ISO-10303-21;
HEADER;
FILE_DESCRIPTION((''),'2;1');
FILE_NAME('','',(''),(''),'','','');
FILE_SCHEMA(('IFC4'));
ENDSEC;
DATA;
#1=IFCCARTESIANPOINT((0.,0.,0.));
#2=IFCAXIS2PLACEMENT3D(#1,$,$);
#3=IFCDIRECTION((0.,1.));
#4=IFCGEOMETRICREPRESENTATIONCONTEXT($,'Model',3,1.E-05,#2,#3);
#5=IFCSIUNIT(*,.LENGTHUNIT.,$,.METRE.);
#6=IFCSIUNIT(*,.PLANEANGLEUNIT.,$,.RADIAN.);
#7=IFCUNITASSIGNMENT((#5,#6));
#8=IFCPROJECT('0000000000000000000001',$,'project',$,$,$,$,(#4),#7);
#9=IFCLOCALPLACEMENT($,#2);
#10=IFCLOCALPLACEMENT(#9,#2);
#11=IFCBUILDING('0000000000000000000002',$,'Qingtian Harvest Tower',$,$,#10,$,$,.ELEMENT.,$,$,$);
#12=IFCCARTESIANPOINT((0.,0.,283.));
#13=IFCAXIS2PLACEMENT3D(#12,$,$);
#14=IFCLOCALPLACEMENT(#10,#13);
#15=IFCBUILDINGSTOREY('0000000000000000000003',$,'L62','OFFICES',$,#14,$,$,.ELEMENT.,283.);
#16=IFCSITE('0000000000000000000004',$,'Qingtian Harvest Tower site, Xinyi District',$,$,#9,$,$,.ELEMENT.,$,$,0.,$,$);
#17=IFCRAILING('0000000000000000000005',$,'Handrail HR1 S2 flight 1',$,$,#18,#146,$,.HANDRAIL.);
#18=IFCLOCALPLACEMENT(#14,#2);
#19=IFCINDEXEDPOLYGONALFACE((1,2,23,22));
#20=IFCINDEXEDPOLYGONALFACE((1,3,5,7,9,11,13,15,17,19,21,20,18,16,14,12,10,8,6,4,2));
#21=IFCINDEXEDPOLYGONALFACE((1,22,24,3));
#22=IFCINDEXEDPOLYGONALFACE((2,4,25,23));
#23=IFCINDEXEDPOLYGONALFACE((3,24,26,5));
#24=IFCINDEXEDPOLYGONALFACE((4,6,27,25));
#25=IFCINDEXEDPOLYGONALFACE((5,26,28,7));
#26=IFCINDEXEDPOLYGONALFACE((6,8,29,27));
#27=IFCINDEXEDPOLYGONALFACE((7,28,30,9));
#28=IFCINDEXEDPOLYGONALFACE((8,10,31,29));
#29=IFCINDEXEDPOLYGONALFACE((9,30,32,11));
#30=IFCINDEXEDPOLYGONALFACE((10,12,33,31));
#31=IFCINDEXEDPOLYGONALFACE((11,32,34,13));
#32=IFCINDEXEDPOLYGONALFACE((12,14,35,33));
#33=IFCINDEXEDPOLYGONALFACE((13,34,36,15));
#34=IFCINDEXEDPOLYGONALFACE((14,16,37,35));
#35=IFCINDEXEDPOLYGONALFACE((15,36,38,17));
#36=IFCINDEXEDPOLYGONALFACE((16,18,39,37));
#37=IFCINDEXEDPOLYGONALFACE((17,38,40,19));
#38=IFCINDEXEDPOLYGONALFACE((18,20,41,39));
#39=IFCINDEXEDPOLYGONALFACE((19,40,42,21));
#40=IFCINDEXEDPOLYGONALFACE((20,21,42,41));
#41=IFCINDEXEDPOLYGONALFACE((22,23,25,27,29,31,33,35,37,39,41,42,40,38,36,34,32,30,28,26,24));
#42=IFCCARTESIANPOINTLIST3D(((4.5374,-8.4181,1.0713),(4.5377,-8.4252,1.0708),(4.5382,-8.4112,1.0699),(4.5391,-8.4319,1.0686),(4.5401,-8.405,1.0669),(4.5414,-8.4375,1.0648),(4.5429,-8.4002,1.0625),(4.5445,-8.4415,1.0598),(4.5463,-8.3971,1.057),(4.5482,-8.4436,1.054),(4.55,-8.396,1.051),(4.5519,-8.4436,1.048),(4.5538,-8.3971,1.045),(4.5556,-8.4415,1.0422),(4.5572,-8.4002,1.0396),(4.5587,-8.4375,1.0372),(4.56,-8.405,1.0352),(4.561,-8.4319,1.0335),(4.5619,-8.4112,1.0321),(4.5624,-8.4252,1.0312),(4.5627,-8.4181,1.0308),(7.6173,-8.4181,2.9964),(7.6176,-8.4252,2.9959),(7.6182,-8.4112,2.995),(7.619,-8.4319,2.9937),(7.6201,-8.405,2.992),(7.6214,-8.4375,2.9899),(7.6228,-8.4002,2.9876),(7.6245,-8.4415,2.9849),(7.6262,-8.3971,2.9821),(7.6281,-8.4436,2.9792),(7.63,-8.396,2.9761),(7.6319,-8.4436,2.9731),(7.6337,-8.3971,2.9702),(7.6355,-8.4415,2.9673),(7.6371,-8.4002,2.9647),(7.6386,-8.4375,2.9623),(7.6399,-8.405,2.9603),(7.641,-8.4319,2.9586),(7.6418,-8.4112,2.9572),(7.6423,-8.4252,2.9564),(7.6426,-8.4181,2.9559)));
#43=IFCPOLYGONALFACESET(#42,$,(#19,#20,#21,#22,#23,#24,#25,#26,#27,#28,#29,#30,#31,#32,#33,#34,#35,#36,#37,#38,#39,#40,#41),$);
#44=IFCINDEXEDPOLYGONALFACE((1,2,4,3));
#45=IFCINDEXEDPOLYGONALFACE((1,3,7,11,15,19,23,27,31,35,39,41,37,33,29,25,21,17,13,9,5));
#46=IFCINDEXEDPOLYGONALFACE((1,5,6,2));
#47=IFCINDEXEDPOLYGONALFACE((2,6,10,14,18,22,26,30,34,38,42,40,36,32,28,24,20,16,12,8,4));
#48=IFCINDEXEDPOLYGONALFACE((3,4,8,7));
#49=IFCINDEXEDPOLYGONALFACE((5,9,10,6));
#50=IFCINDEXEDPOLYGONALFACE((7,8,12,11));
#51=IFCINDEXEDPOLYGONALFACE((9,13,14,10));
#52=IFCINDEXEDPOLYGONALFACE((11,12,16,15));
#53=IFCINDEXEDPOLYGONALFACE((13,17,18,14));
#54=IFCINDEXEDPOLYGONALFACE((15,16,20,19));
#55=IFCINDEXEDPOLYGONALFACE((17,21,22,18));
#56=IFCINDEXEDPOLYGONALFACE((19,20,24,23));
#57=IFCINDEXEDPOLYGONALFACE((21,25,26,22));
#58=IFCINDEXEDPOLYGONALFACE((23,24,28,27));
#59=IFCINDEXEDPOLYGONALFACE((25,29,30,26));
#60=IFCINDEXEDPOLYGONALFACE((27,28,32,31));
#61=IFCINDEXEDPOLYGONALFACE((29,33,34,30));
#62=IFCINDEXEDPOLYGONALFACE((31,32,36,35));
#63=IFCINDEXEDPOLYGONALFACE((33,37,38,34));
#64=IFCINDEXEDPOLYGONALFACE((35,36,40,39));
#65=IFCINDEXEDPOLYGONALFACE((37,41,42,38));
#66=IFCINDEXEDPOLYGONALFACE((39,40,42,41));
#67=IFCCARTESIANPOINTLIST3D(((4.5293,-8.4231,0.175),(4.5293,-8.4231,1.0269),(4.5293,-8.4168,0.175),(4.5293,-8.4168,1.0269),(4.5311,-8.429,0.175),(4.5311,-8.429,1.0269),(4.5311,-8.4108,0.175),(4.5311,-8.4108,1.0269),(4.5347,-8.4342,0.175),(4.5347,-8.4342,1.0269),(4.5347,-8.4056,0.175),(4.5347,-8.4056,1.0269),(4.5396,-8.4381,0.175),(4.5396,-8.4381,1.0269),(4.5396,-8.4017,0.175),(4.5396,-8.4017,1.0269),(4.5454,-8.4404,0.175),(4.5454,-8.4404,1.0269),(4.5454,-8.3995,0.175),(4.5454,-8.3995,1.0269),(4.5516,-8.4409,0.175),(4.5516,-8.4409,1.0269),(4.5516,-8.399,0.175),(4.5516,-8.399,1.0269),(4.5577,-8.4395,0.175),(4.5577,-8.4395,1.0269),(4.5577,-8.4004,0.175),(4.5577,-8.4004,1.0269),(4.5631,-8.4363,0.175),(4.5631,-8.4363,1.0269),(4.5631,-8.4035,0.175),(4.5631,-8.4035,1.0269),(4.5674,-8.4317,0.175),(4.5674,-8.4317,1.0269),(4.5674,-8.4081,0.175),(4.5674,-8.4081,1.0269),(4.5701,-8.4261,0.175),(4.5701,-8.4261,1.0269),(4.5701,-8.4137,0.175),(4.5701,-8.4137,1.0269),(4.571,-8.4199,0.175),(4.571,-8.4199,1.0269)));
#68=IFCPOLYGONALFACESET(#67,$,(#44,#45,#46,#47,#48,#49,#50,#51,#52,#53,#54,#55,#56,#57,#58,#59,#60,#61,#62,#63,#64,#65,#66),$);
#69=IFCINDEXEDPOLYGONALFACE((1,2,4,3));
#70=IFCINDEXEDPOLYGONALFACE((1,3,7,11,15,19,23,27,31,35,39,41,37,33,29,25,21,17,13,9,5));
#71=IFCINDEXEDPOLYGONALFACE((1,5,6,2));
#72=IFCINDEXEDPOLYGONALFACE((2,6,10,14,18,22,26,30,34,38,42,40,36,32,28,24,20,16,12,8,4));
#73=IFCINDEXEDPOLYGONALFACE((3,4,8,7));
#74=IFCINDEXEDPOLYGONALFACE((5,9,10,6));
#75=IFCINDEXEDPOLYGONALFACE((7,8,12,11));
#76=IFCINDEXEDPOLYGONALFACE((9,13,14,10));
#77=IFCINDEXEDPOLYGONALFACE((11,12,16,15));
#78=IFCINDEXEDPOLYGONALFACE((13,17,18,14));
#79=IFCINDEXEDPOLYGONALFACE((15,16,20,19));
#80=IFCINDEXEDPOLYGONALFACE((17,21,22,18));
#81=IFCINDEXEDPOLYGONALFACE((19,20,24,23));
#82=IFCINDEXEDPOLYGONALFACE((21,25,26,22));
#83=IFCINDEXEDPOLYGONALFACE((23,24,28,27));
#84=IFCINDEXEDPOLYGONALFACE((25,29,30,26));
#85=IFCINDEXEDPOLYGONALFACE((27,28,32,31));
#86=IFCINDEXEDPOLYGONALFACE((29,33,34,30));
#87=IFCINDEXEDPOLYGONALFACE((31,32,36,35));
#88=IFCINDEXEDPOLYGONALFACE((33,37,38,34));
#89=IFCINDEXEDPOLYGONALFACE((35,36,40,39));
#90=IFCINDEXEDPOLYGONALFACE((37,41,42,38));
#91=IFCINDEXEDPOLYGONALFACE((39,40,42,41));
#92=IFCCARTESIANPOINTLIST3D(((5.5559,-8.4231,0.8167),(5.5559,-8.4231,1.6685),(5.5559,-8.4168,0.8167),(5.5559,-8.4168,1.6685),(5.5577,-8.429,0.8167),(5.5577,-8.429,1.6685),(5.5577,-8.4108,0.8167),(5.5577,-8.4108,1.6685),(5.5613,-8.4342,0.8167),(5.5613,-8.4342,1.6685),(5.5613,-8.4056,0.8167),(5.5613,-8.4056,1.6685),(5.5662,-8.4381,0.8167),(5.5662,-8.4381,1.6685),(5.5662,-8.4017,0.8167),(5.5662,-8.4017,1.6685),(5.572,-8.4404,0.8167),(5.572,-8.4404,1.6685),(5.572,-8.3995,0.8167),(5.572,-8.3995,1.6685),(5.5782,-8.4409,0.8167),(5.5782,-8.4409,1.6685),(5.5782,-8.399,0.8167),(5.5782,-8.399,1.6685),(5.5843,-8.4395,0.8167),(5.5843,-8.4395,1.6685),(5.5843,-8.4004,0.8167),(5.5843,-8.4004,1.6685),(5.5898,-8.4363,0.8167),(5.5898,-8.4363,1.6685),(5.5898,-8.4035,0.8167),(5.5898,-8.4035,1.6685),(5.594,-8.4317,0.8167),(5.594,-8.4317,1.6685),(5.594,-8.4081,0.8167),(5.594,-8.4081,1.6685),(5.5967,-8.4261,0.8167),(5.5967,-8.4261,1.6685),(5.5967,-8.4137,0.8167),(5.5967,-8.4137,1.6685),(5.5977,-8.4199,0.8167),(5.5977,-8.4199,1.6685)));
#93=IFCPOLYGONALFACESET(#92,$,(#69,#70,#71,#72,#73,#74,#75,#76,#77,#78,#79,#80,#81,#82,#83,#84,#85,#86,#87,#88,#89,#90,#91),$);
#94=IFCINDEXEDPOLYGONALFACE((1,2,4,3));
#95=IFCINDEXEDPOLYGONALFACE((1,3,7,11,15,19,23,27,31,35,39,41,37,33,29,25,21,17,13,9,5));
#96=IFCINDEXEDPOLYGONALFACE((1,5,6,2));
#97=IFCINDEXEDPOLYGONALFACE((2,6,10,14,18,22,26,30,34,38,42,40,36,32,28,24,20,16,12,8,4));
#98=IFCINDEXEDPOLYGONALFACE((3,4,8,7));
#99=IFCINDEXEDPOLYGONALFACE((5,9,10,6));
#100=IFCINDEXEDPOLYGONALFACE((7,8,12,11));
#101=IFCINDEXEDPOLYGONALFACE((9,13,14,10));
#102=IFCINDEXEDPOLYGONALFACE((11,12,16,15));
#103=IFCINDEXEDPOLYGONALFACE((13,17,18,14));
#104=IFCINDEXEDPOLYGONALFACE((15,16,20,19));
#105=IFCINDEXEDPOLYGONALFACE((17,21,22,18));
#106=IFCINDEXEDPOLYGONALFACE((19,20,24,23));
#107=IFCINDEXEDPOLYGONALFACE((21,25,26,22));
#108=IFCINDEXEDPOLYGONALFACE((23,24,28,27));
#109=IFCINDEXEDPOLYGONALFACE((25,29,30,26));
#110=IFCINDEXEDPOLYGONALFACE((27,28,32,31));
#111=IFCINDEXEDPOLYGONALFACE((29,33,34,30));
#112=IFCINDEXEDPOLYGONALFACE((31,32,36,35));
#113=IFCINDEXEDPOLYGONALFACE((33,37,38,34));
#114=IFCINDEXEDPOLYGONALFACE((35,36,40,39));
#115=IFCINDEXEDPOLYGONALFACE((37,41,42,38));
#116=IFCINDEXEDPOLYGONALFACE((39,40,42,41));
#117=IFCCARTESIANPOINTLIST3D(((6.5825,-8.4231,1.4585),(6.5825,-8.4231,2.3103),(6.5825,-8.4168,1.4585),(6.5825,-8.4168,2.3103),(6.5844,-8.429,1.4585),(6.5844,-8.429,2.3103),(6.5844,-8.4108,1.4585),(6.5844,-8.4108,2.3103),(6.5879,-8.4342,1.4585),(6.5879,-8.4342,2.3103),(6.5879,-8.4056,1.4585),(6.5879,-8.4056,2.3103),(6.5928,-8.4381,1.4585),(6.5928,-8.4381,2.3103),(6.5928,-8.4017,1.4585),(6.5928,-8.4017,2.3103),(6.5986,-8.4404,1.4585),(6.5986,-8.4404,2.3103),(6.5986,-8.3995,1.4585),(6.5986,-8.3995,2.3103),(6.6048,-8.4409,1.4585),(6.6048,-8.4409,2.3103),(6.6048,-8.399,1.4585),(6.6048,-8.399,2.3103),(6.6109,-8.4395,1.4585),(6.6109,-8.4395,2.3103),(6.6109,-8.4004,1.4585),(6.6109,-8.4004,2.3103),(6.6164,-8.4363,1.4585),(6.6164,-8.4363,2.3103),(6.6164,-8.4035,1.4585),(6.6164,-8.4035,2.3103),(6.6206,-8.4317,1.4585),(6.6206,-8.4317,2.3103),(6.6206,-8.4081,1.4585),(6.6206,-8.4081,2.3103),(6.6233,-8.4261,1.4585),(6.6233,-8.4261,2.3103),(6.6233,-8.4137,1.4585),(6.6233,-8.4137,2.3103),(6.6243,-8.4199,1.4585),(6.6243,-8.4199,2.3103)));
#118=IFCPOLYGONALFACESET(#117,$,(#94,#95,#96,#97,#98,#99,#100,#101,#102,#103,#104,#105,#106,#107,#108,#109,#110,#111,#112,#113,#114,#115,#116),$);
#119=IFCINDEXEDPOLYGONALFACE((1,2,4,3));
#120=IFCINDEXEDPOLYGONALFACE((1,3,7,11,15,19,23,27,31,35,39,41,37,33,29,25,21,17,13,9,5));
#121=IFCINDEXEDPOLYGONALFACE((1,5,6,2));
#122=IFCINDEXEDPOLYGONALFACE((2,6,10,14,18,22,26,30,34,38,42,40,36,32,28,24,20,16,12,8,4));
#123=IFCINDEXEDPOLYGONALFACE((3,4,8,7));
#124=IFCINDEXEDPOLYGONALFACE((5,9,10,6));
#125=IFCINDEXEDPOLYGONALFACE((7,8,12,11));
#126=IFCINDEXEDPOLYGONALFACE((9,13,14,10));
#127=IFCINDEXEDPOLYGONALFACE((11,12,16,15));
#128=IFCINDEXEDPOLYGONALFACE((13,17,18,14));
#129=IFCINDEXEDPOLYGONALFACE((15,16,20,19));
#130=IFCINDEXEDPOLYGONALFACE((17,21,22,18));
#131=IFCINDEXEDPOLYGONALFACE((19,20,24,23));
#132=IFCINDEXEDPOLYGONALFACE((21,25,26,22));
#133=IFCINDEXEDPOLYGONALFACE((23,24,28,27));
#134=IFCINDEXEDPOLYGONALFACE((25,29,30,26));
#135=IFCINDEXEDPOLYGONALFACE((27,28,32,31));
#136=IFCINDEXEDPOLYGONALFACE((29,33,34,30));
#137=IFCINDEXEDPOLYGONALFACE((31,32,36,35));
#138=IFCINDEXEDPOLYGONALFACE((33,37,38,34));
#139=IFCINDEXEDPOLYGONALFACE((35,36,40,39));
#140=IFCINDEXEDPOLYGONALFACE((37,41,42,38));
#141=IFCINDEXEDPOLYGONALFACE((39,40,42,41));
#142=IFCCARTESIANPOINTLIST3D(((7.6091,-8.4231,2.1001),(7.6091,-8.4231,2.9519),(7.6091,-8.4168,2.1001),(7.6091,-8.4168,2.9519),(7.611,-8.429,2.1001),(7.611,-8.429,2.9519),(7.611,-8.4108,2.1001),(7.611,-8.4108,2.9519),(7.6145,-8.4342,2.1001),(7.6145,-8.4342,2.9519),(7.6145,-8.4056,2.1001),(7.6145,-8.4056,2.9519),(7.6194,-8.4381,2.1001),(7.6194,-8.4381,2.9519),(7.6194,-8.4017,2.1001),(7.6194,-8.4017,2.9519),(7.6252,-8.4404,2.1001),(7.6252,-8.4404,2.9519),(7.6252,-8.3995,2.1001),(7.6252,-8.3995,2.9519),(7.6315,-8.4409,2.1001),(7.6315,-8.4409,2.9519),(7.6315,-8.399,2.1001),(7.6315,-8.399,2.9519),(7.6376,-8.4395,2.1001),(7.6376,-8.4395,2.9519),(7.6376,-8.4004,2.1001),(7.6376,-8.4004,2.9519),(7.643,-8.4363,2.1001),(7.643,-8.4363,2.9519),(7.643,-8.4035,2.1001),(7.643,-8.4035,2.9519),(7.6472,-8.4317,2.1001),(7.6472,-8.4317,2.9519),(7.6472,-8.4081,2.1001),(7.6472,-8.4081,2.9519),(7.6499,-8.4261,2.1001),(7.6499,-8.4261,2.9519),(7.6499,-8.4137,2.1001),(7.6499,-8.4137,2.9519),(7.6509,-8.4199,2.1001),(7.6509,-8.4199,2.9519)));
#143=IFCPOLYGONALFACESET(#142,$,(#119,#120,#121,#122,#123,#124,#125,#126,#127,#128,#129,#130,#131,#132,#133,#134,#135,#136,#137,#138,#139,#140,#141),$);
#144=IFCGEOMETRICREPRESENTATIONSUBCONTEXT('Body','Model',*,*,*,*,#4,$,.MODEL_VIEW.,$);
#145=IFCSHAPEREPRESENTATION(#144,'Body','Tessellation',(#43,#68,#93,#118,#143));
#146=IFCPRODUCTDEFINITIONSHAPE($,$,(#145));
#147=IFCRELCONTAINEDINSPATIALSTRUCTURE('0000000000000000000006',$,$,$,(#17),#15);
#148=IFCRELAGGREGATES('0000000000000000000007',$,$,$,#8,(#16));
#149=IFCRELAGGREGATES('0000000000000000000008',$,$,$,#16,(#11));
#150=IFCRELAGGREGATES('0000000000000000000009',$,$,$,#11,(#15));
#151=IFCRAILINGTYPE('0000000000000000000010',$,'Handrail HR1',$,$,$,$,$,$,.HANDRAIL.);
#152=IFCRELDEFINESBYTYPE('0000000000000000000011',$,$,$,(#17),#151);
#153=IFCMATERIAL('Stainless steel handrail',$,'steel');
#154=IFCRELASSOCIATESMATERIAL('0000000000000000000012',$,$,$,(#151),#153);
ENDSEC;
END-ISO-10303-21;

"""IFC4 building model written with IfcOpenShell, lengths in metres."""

from ifc_helpers import new_model, si_unit, direction, frame, origin, origin_2d, place, context, subcontext, project, spatial, circle, extrude, material, type_object, element, save


model = new_model("IFC4")

# Units and contexts
model_context = context("Model", 3, precision=1e-05, world=origin(), true_north=direction((0.0, 1.0)))
body_context = subcontext(model_context, "Body", "Model", "MODEL_VIEW")
ifc_project = project(units=[si_unit("LENGTHUNIT", "METRE"), si_unit("PLANEANGLEUNIT", "RADIAN")], contexts=[model_context])

# Site, building, storey
site_placement = place(None, origin())
site = spatial("IfcSite", under=ifc_project, at=site_placement, Name="Qingtian Harvest Tower site, Xinyi District", CompositionType="ELEMENT", RefElevation=0.0)
building_placement = place(site_placement, origin())
building = spatial("IfcBuilding", under=site, at=building_placement, Name="Qingtian Harvest Tower", CompositionType="ELEMENT")
storey_placement = place(building_placement, frame((0.0, 0.0, 283.0)))
storey = spatial("IfcBuildingStorey", under=building, at=storey_placement, Name="L62", Description="OFFICES", CompositionType="ELEMENT", Elevation=283.0)

# Railing
ifc_material_1 = material(Name="Stainless steel handrail", Category="steel")
railing_type = type_object("IfcRailingType", Name="Handrail HR1", PredefinedType="HANDRAIL", material=ifc_material_1)
railing_1_placement = place(storey_placement, frame((4.55, -8.4199, 0.175)))
element("IfcRailing", 1, at=railing_1_placement, inside=storey, type_object=railing_type, Name="Handrail HR1 S2 flight 1", PredefinedType="HANDRAIL", context=body_context, shape_type="SweptSolid", body=[
    extrude(circle(Radius=0.0239, at=origin_2d()), frame((0.0, 0.0, 0.876), z_axis=(0.847979, 0.0, 0.530029), x_axis=(0.0, 1.0, 0.0)), (0.0, 0.0, 1.0), 3.6321),
    extrude(circle(Radius=0.021, at=origin_2d()), origin(), (0.0, 0.0, 1.0), 0.8518),
    extrude(circle(Radius=0.021, at=origin_2d()), frame((1.0266, 0.0, 0.6416)), (0.0, 0.0, 1.0), 0.8518),
    extrude(circle(Radius=0.021, at=origin_2d()), frame((2.0532, 0.0, 1.2834)), (0.0, 0.0, 1.0), 0.8518),
    extrude(circle(Radius=0.021, at=origin_2d()), frame((3.0798, 0.0, 1.925)), (0.0, 0.0, 1.0), 0.8518),
])

save(model, "model.ifc")
